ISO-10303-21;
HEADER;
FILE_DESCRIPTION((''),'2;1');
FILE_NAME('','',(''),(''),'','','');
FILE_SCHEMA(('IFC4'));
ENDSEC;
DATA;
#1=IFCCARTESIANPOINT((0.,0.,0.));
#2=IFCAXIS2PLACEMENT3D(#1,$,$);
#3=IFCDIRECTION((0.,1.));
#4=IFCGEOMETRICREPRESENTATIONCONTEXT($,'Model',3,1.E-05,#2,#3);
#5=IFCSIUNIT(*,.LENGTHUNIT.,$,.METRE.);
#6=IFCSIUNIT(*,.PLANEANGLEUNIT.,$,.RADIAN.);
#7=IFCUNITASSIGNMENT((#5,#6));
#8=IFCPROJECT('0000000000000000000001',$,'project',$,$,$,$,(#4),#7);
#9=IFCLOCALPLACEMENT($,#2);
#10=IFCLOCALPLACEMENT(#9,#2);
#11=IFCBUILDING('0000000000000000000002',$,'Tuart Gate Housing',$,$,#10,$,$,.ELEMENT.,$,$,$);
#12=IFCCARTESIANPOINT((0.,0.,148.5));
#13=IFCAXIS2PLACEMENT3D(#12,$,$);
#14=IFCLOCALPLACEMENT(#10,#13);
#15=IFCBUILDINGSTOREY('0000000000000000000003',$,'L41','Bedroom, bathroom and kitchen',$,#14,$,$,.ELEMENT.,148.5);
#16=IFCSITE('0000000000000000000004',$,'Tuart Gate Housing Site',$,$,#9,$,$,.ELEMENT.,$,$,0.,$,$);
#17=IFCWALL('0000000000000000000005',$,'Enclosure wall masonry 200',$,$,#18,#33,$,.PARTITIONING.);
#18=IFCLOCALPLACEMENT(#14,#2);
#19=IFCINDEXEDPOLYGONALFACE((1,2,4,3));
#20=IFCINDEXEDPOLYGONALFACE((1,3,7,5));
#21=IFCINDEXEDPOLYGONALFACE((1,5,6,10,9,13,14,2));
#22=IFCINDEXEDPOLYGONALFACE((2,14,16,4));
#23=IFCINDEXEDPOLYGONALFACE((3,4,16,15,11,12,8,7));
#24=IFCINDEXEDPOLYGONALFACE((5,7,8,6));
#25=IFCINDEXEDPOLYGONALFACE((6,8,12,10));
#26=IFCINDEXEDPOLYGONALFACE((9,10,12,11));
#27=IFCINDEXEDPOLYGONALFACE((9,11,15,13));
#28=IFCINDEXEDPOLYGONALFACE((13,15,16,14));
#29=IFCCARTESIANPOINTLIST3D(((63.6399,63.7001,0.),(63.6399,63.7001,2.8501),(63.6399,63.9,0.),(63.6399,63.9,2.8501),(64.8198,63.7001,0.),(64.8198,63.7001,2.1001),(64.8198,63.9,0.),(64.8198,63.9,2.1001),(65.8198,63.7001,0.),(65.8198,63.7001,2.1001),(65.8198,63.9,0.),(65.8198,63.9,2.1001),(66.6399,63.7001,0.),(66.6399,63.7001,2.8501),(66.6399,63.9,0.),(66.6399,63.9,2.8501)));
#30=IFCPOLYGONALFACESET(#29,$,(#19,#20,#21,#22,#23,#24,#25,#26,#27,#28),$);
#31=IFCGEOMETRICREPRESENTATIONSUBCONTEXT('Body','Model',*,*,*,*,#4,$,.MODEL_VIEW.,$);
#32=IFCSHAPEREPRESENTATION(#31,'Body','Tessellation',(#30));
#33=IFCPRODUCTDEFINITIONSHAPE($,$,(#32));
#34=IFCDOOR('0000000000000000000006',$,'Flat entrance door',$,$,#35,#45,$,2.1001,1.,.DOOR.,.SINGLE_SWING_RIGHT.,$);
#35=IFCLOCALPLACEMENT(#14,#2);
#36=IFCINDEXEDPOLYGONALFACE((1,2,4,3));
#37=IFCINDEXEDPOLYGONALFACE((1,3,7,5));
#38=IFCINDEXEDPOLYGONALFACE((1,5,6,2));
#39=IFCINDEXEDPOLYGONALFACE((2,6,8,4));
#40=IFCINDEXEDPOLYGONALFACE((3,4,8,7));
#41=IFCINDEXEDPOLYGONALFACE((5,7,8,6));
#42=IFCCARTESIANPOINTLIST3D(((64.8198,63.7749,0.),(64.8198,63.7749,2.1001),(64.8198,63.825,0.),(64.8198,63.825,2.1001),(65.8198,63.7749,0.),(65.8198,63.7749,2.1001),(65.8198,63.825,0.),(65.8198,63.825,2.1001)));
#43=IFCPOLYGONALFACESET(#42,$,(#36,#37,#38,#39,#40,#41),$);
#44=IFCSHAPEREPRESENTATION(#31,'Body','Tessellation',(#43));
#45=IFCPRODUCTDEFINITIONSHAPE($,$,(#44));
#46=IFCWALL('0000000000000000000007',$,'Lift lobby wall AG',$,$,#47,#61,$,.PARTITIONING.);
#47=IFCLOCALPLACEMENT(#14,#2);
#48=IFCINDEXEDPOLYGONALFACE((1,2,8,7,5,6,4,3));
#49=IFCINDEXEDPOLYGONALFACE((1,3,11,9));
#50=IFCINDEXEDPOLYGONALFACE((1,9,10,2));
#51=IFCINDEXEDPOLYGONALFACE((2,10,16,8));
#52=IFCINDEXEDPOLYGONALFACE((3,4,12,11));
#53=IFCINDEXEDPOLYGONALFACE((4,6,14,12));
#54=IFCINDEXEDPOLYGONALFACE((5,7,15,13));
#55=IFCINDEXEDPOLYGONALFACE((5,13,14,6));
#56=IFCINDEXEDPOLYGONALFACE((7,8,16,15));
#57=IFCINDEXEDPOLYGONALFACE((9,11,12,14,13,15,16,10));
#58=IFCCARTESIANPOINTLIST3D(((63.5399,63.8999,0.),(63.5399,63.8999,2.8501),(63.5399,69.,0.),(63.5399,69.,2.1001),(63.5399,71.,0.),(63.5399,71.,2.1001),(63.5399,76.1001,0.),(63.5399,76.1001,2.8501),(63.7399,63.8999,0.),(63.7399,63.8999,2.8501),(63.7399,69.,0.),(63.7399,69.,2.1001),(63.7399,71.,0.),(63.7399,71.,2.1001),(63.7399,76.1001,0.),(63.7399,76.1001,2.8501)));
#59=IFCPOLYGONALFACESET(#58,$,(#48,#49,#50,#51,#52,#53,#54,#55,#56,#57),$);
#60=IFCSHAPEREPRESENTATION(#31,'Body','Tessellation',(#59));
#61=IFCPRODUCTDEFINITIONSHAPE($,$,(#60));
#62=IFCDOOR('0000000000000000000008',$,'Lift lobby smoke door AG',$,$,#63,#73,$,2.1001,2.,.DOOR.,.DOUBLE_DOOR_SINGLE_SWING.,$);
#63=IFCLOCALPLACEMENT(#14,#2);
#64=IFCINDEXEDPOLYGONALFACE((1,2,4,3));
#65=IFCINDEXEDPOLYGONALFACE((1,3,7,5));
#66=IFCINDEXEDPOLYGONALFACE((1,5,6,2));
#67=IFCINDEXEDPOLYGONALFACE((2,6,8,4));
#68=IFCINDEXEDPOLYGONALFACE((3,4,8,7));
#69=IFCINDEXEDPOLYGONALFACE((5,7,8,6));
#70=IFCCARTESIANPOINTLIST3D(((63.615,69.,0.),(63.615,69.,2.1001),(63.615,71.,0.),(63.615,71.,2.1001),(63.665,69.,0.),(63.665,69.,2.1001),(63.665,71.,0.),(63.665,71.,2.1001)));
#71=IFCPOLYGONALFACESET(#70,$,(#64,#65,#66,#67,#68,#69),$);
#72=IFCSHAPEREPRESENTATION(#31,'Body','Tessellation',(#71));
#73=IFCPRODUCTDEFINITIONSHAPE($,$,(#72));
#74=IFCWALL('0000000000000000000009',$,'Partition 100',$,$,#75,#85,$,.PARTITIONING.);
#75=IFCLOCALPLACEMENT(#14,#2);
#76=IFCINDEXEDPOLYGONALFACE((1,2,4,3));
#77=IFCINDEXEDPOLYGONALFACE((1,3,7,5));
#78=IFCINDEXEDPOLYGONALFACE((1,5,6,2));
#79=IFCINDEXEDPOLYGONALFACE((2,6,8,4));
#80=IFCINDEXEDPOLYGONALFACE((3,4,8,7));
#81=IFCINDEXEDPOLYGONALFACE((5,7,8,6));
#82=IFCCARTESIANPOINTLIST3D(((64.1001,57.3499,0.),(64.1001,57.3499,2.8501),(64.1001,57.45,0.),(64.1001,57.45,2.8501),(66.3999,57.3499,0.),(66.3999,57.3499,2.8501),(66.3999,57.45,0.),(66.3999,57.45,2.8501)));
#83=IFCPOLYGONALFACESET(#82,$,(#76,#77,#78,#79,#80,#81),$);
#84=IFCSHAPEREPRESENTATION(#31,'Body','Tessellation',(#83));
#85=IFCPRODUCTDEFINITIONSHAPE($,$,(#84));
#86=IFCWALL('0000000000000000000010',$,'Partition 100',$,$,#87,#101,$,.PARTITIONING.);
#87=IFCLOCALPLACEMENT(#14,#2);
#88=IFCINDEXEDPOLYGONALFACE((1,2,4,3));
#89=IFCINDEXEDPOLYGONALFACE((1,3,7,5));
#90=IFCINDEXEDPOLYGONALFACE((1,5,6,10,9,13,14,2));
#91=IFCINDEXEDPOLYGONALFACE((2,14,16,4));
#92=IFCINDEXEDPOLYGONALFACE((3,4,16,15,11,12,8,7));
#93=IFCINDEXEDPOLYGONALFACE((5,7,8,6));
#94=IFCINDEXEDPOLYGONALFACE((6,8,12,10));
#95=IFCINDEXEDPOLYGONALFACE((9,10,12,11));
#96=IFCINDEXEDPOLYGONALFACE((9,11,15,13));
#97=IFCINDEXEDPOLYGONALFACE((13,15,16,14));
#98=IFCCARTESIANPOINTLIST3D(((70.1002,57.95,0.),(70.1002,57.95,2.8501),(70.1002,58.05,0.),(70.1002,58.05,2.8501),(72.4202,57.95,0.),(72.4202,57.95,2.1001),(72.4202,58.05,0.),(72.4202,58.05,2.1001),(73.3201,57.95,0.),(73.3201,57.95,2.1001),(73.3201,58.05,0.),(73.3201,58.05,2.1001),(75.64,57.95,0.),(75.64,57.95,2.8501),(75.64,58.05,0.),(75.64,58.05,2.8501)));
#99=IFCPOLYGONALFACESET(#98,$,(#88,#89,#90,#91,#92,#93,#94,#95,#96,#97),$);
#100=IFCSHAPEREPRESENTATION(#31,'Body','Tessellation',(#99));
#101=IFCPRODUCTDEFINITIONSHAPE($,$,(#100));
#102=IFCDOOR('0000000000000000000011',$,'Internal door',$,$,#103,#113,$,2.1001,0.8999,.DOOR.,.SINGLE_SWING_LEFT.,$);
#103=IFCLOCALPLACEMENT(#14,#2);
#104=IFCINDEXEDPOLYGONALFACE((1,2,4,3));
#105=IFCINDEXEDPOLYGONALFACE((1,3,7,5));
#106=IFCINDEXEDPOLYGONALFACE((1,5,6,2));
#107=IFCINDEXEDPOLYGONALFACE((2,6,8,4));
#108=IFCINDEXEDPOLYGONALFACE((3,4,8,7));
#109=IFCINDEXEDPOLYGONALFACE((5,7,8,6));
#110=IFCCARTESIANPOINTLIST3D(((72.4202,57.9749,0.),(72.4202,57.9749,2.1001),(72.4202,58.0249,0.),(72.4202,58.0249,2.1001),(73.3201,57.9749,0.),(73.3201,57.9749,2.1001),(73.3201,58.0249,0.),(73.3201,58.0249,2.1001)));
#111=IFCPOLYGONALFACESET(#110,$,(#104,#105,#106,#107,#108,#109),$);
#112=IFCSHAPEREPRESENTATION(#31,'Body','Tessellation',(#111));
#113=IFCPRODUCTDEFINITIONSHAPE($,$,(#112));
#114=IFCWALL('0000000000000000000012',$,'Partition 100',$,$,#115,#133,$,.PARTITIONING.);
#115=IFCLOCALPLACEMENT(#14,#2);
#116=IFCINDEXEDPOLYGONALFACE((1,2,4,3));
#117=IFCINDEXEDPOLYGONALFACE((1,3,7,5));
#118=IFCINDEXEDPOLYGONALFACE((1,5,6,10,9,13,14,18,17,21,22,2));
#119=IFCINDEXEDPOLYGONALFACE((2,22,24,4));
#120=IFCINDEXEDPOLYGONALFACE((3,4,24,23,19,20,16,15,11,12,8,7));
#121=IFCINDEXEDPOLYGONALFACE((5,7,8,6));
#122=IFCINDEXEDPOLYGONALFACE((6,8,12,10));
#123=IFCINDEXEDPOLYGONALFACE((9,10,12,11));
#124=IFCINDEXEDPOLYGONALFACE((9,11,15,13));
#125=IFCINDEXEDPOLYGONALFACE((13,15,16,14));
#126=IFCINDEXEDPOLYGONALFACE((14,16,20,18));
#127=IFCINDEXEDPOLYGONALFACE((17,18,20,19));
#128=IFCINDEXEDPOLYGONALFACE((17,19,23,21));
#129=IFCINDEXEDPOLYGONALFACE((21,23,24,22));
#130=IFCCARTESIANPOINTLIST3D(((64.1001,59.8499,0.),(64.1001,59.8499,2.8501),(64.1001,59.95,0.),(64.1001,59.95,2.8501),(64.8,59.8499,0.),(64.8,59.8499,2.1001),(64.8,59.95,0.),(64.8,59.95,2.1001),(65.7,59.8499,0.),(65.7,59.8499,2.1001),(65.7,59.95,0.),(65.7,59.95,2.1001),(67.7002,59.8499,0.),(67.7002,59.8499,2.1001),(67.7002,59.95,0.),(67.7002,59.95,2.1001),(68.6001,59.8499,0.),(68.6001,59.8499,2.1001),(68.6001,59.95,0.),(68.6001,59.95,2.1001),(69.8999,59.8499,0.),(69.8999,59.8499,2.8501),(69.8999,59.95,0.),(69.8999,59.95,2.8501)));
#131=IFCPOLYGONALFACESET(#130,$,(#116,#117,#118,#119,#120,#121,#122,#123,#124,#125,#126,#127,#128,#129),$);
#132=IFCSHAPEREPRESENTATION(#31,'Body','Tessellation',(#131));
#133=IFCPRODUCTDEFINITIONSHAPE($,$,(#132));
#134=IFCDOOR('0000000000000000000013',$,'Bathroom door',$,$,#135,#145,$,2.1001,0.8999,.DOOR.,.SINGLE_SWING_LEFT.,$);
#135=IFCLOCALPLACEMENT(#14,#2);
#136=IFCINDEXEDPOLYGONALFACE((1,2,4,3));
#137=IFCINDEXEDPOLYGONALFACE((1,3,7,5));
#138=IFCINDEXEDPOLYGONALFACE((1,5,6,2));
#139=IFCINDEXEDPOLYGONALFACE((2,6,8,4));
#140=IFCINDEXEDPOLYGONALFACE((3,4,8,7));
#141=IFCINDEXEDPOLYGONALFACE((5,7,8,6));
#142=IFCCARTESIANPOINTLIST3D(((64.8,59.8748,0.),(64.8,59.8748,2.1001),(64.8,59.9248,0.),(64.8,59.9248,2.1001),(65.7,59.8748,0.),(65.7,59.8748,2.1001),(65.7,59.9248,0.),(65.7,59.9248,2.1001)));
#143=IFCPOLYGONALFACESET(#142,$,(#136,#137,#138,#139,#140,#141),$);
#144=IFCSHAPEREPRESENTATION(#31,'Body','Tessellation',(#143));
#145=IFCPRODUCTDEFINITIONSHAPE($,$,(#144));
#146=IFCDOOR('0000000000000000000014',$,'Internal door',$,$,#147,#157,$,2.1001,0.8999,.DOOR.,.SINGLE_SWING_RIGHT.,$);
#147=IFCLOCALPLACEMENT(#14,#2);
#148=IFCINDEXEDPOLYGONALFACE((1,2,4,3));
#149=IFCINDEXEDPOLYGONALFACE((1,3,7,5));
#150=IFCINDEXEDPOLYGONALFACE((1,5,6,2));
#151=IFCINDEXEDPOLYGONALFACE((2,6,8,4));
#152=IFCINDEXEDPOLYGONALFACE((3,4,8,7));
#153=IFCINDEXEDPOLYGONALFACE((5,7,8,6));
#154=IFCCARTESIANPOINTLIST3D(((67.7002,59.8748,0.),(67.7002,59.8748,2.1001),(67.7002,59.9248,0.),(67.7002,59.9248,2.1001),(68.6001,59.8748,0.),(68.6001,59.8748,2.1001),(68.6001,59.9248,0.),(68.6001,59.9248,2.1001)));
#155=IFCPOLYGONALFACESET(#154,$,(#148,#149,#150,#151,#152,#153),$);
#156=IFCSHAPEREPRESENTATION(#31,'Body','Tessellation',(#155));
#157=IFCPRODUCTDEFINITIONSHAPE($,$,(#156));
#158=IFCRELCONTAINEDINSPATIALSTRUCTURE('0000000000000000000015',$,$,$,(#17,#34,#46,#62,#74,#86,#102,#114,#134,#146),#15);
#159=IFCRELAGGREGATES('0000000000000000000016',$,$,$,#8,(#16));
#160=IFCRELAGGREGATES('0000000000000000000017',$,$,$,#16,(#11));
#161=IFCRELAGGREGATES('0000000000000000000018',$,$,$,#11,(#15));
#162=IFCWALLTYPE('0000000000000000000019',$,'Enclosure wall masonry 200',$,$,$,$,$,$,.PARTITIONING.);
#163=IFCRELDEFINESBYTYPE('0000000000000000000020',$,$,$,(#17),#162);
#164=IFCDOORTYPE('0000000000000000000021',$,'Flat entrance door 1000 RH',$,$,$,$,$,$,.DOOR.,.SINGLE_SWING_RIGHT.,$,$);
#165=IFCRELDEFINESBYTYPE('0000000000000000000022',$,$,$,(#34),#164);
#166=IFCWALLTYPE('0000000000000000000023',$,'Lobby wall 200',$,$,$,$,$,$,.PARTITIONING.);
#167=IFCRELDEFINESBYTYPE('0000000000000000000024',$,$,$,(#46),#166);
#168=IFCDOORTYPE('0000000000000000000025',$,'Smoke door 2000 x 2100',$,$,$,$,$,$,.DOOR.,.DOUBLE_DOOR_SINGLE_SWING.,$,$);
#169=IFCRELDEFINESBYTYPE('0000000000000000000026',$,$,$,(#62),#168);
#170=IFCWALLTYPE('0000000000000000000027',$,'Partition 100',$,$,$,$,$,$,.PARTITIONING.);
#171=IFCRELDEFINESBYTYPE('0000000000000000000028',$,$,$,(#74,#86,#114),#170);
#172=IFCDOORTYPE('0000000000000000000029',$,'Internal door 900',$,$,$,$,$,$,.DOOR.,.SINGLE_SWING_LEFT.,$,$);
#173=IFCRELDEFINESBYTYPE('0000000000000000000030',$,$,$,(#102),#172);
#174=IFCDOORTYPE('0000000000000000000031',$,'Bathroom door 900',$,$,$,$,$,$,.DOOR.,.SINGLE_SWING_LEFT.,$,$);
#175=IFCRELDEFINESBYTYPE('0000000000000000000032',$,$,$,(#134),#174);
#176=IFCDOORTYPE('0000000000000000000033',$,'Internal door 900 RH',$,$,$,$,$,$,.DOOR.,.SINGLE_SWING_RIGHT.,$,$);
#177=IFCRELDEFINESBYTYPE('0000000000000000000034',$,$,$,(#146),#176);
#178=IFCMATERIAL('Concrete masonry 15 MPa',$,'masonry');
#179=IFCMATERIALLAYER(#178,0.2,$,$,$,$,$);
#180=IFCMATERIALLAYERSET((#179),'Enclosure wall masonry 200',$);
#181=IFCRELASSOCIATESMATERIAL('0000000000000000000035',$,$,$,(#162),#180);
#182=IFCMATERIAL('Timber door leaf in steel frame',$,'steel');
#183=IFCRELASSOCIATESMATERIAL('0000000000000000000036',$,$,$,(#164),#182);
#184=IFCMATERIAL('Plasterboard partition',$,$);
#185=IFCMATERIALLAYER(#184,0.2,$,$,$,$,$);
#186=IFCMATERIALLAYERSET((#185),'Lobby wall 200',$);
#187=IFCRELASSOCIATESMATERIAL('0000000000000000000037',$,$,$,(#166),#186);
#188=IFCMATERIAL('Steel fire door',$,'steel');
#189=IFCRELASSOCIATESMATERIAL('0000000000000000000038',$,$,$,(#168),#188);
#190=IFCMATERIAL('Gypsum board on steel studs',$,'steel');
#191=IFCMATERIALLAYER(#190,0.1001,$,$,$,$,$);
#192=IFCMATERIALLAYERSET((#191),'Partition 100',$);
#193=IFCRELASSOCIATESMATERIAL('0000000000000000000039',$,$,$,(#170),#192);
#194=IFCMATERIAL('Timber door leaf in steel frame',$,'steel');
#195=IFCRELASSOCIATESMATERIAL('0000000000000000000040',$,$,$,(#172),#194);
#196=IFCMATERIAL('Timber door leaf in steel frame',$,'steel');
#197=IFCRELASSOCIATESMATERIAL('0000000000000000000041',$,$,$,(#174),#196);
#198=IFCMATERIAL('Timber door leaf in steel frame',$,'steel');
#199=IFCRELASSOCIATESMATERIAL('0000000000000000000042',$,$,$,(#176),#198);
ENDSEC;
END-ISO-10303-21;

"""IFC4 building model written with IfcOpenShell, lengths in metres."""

from ifc_helpers import new_model, si_unit, direction, frame, frame_2d, origin, place, context, subcontext, project, spatial, rectangle, extrude, material, layer, layer_set, type_object, element, fill, save


model = new_model("IFC4")

# Units and contexts
model_context = context("Model", 3, precision=1e-05, world=origin(), true_north=direction((0.0, 1.0)))
body_context = subcontext(model_context, "Body", "Model", "MODEL_VIEW")
ifc_project = project(units=[si_unit("LENGTHUNIT", "METRE"), si_unit("PLANEANGLEUNIT", "RADIAN")], contexts=[model_context])

# Site, building, storey
site_placement = place(None, origin())
site = spatial("IfcSite", under=ifc_project, at=site_placement, Name="Tuart Gate Housing Site", CompositionType="ELEMENT", RefElevation=0.0)
building_placement = place(site_placement, origin())
building = spatial("IfcBuilding", under=site, at=building_placement, Name="Tuart Gate Housing", CompositionType="ELEMENT")
storey_placement = place(building_placement, frame((0.0, 0.0, 148.5)))
storey = spatial("IfcBuildingStorey", under=building, at=storey_placement, Name="L41", Description="Bedroom, bathroom and kitchen", CompositionType="ELEMENT", Elevation=148.5)

# Walls, openings, doors
ifc_material_1 = material(Name="Concrete masonry 15 MPa", Category="masonry")
ifc_layer_1 = layer(ifc_material_1, 0.2)
ifc_layer_set_1 = layer_set([ifc_layer_1], Name="Enclosure wall masonry 200")
wall_type_1 = type_object("IfcWallType", Name="Enclosure wall masonry 200", PredefinedType="PARTITIONING", material=ifc_layer_set_1)
wall_1_placement = place(storey_placement, frame((63.6399, 63.8, 0.0), z_axis=(0.0, 0.0, 1.0), x_axis=(1.0, 0.0, 0.0)))
wall_1 = element("IfcWall", 1, at=wall_1_placement, inside=storey, type_object=wall_type_1, Name="Enclosure wall masonry 200", PredefinedType="PARTITIONING", context=body_context, shape_type="SweptSolid", body=[
    extrude(rectangle(XDim=3.0, YDim=0.2, at=frame_2d((1.5, 0.0))), origin(), (0.0, 0.0, 1.0), 2.8501),
])
opening_1_placement = place(wall_1_placement, frame((1.1799, 0.0, 0.0)))
opening_1 = element("IfcOpeningElement", 2, at=opening_1_placement, cuts=wall_1, PredefinedType="OPENING", context=body_context, shape_type="SweptSolid", body=[
    extrude(rectangle(XDim=1.0, YDim=2.1001, at=frame_2d((0.5, 1.05))), frame((0.0, 0.1099, 0.0), z_axis=(0.0, -1.0, 0.0), x_axis=(1.0, 0.0, 0.0)), (0.0, 0.0, 1.0), 0.22),
])
ifc_material_2 = material(Name="Timber door leaf in steel frame", Category="steel")
door_type_1 = type_object("IfcDoorType", Name="Flat entrance door 1000 RH", OperationType="SINGLE_SWING_RIGHT", PredefinedType="DOOR", material=ifc_material_2)
door_1_placement = place(opening_1_placement, frame((1.0, 0.0, 0.0), z_axis=(0.0, 0.0, 1.0), x_axis=(-1.0, 0.0, 0.0)))
door_1 = element("IfcDoor", 3, at=door_1_placement, inside=storey, type_object=door_type_1, Name="Flat entrance door", OperationType="SINGLE_SWING_RIGHT", OverallHeight=2.1001, OverallWidth=1.0, PredefinedType="DOOR", context=body_context, shape_type="SweptSolid", body=[
    extrude(rectangle(XDim=1.0, YDim=2.1001, at=frame_2d((0.5, 1.05))), frame((0.0, 0.0251, 0.0), z_axis=(0.0, -1.0, 0.0), x_axis=(1.0, 0.0, 0.0)), (0.0, 0.0, 1.0), 0.05),
])
fill(opening_1, door_1)
ifc_material_3 = material(Name="Plasterboard partition")
ifc_layer_2 = layer(ifc_material_3, 0.2)
ifc_layer_set_2 = layer_set([ifc_layer_2], Name="Lobby wall 200")
wall_type_2 = type_object("IfcWallType", Name="Lobby wall 200", PredefinedType="PARTITIONING", material=ifc_layer_set_2)
wall_2_placement = place(storey_placement, frame((63.6399, 63.8999, 0.0), z_axis=(0.0, 0.0, 1.0), x_axis=(0.0, 1.0, 0.0)))
wall_2 = element("IfcWall", 4, at=wall_2_placement, inside=storey, type_object=wall_type_2, Name="Lift lobby wall AG", PredefinedType="PARTITIONING", context=body_context, shape_type="SweptSolid", body=[
    extrude(rectangle(XDim=12.2002, YDim=0.2, at=frame_2d((6.1001, 0.0))), origin(), (0.0, 0.0, 1.0), 2.8501),
])
opening_2_placement = place(wall_2_placement, frame((5.1001, 0.0, 0.0)))
opening_2 = element("IfcOpeningElement", 5, at=opening_2_placement, cuts=wall_2, PredefinedType="OPENING", context=body_context, shape_type="SweptSolid", body=[
    extrude(rectangle(XDim=2.0, YDim=2.1001, at=frame_2d((1.0, 1.05))), frame((0.0, 0.1099, 0.0), z_axis=(0.0, -1.0, 0.0), x_axis=(1.0, 0.0, 0.0)), (0.0, 0.0, 1.0), 0.22),
])
ifc_material_4 = material(Name="Steel fire door", Category="steel")
door_type_2 = type_object("IfcDoorType", Name="Smoke door 2000 x 2100", OperationType="DOUBLE_DOOR_SINGLE_SWING", PredefinedType="DOOR", material=ifc_material_4)
door_2_placement = place(opening_2_placement, frame((2.0, 0.0, 0.0), z_axis=(0.0, 0.0, 1.0), x_axis=(-1.0, 0.0, 0.0)))
door_2 = element("IfcDoor", 6, at=door_2_placement, inside=storey, type_object=door_type_2, Name="Lift lobby smoke door AG", OperationType="DOUBLE_DOOR_SINGLE_SWING", OverallHeight=2.1001, OverallWidth=2.0, PredefinedType="DOOR", context=body_context, shape_type="SweptSolid", body=[
    extrude(rectangle(XDim=2.0, YDim=2.1001, at=frame_2d((1.0, 1.05))), frame((0.0, 0.0251, 0.0), z_axis=(0.0, -1.0, 0.0), x_axis=(1.0, 0.0, 0.0)), (0.0, 0.0, 1.0), 0.05),
])
fill(opening_2, door_2)

# Wall
ifc_material_5 = material(Name="Gypsum board on steel studs", Category="steel")
ifc_layer_3 = layer(ifc_material_5, 0.1001)
ifc_layer_set_3 = layer_set([ifc_layer_3], Name="Partition 100")
wall_type_3 = type_object("IfcWallType", Name="Partition 100", PredefinedType="PARTITIONING", material=ifc_layer_set_3)
wall_3_placement = place(storey_placement, frame((64.1001, 57.3999, 0.0), z_axis=(0.0, 0.0, 1.0), x_axis=(1.0, 0.0, 0.0)))
element("IfcWall", 7, at=wall_3_placement, inside=storey, type_object=wall_type_3, Name="Partition 100", PredefinedType="PARTITIONING", context=body_context, shape_type="SweptSolid", body=[
    extrude(rectangle(XDim=2.2998, YDim=0.1001, at=frame_2d((1.1499, 0.0))), origin(), (0.0, 0.0, 1.0), 2.8501),
])

# Wall, opening, door
wall_4_placement = place(storey_placement, frame((70.1001, 58.0, 0.0), z_axis=(0.0, 0.0, 1.0), x_axis=(1.0, 0.0, 0.0)))
wall_4 = element("IfcWall", 8, at=wall_4_placement, inside=storey, type_object=wall_type_3, Name="Partition 100", PredefinedType="PARTITIONING", context=body_context, shape_type="SweptSolid", body=[
    extrude(rectangle(XDim=5.5398, YDim=0.1001, at=frame_2d((2.77, 0.0))), origin(), (0.0, 0.0, 1.0), 2.8501),
])
opening_3_placement = place(wall_4_placement, frame((2.3201, 0.0, 0.0)))
opening_3 = element("IfcOpeningElement", 9, at=opening_3_placement, cuts=wall_4, PredefinedType="OPENING", context=body_context, shape_type="SweptSolid", body=[
    extrude(rectangle(XDim=0.8999, YDim=2.1001, at=frame_2d((0.45, 1.05))), frame((0.0, 0.0601, 0.0), z_axis=(0.0, -1.0, 0.0), x_axis=(1.0, 0.0, 0.0)), (0.0, 0.0, 1.0), 0.1201),
])
ifc_material_6 = material(Name="Timber door leaf in steel frame", Category="steel")
door_type_3 = type_object("IfcDoorType", Name="Internal door 900", OperationType="SINGLE_SWING_LEFT", PredefinedType="DOOR", material=ifc_material_6)
door_3_placement = place(opening_3_placement, frame((0.8999, 0.0, 0.0), z_axis=(0.0, 0.0, 1.0), x_axis=(-1.0, 0.0, 0.0)))
door_3 = element("IfcDoor", 10, at=door_3_placement, inside=storey, type_object=door_type_3, Name="Internal door", OperationType="SINGLE_SWING_LEFT", OverallHeight=2.1001, OverallWidth=0.8999, PredefinedType="DOOR", context=body_context, shape_type="SweptSolid", body=[
    extrude(rectangle(XDim=0.8999, YDim=2.1001, at=frame_2d((0.45, 1.05))), frame((0.0, 0.0251, 0.0), z_axis=(0.0, -1.0, 0.0), x_axis=(1.0, 0.0, 0.0)), (0.0, 0.0, 1.0), 0.05),
])
fill(opening_3, door_3)

# Wall, openings, doors
wall_5_placement = place(storey_placement, frame((64.1001, 59.8999, 0.0), z_axis=(0.0, 0.0, 1.0), x_axis=(1.0, 0.0, 0.0)))
wall_5 = element("IfcWall", 11, at=wall_5_placement, inside=storey, type_object=wall_type_3, Name="Partition 100", PredefinedType="PARTITIONING", context=body_context, shape_type="SweptSolid", body=[
    extrude(rectangle(XDim=5.7998, YDim=0.1001, at=frame_2d((2.8999, 0.0))), origin(), (0.0, 0.0, 1.0), 2.8501),
])
opening_4_placement = place(wall_5_placement, frame((3.6001, 0.0, 0.0)))
opening_4 = element("IfcOpeningElement", 12, at=opening_4_placement, cuts=wall_5, PredefinedType="OPENING", context=body_context, shape_type="SweptSolid", body=[
    extrude(rectangle(XDim=0.8999, YDim=2.1001, at=frame_2d((0.45, 1.05))), frame((0.0, 0.0601, 0.0), z_axis=(0.0, -1.0, 0.0), x_axis=(1.0, 0.0, 0.0)), (0.0, 0.0, 1.0), 0.1201),
])
opening_5_placement = place(wall_5_placement, frame((0.7, 0.0, 0.0)))
opening_5 = element("IfcOpeningElement", 13, at=opening_5_placement, cuts=wall_5, PredefinedType="OPENING", context=body_context, shape_type="SweptSolid", body=[
    extrude(rectangle(XDim=0.8999, YDim=2.1001, at=frame_2d((0.45, 1.05))), frame((0.0, 0.0601, 0.0), z_axis=(0.0, -1.0, 0.0), x_axis=(1.0, 0.0, 0.0)), (0.0, 0.0, 1.0), 0.1201),
])
ifc_material_7 = material(Name="Timber door leaf in steel frame", Category="steel")
door_type_4 = type_object("IfcDoorType", Name="Bathroom door 900", OperationType="SINGLE_SWING_LEFT", PredefinedType="DOOR", material=ifc_material_7)
door_4_placement = place(opening_5_placement, frame((0.8999, 0.0, 0.0), z_axis=(0.0, 0.0, 1.0), x_axis=(-1.0, 0.0, 0.0)))
door_4 = element("IfcDoor", 14, at=door_4_placement, inside=storey, type_object=door_type_4, Name="Bathroom door", OperationType="SINGLE_SWING_LEFT", OverallHeight=2.1001, OverallWidth=0.8999, PredefinedType="DOOR", context=body_context, shape_type="SweptSolid", body=[
    extrude(rectangle(XDim=0.8999, YDim=2.1001, at=frame_2d((0.45, 1.05))), frame((0.0, 0.0251, 0.0), z_axis=(0.0, -1.0, 0.0), x_axis=(1.0, 0.0, 0.0)), (0.0, 0.0, 1.0), 0.05),
])
fill(opening_5, door_4)
ifc_material_8 = material(Name="Timber door leaf in steel frame", Category="steel")
door_type_5 = type_object("IfcDoorType", Name="Internal door 900 RH", OperationType="SINGLE_SWING_RIGHT", PredefinedType="DOOR", material=ifc_material_8)
door_5_placement = place(opening_4_placement, frame((0.8999, 0.0, 0.0), z_axis=(0.0, 0.0, 1.0), x_axis=(-1.0, 0.0, 0.0)))
door_5 = element("IfcDoor", 15, at=door_5_placement, inside=storey, type_object=door_type_5, Name="Internal door", OperationType="SINGLE_SWING_RIGHT", OverallHeight=2.1001, OverallWidth=0.8999, PredefinedType="DOOR", context=body_context, shape_type="SweptSolid", body=[
    extrude(rectangle(XDim=0.8999, YDim=2.1001, at=frame_2d((0.45, 1.05))), frame((0.0, 0.0251, 0.0), z_axis=(0.0, -1.0, 0.0), x_axis=(1.0, 0.0, 0.0)), (0.0, 0.0, 1.0), 0.05),
])
fill(opening_4, door_5)

save(model, "model.ifc")
